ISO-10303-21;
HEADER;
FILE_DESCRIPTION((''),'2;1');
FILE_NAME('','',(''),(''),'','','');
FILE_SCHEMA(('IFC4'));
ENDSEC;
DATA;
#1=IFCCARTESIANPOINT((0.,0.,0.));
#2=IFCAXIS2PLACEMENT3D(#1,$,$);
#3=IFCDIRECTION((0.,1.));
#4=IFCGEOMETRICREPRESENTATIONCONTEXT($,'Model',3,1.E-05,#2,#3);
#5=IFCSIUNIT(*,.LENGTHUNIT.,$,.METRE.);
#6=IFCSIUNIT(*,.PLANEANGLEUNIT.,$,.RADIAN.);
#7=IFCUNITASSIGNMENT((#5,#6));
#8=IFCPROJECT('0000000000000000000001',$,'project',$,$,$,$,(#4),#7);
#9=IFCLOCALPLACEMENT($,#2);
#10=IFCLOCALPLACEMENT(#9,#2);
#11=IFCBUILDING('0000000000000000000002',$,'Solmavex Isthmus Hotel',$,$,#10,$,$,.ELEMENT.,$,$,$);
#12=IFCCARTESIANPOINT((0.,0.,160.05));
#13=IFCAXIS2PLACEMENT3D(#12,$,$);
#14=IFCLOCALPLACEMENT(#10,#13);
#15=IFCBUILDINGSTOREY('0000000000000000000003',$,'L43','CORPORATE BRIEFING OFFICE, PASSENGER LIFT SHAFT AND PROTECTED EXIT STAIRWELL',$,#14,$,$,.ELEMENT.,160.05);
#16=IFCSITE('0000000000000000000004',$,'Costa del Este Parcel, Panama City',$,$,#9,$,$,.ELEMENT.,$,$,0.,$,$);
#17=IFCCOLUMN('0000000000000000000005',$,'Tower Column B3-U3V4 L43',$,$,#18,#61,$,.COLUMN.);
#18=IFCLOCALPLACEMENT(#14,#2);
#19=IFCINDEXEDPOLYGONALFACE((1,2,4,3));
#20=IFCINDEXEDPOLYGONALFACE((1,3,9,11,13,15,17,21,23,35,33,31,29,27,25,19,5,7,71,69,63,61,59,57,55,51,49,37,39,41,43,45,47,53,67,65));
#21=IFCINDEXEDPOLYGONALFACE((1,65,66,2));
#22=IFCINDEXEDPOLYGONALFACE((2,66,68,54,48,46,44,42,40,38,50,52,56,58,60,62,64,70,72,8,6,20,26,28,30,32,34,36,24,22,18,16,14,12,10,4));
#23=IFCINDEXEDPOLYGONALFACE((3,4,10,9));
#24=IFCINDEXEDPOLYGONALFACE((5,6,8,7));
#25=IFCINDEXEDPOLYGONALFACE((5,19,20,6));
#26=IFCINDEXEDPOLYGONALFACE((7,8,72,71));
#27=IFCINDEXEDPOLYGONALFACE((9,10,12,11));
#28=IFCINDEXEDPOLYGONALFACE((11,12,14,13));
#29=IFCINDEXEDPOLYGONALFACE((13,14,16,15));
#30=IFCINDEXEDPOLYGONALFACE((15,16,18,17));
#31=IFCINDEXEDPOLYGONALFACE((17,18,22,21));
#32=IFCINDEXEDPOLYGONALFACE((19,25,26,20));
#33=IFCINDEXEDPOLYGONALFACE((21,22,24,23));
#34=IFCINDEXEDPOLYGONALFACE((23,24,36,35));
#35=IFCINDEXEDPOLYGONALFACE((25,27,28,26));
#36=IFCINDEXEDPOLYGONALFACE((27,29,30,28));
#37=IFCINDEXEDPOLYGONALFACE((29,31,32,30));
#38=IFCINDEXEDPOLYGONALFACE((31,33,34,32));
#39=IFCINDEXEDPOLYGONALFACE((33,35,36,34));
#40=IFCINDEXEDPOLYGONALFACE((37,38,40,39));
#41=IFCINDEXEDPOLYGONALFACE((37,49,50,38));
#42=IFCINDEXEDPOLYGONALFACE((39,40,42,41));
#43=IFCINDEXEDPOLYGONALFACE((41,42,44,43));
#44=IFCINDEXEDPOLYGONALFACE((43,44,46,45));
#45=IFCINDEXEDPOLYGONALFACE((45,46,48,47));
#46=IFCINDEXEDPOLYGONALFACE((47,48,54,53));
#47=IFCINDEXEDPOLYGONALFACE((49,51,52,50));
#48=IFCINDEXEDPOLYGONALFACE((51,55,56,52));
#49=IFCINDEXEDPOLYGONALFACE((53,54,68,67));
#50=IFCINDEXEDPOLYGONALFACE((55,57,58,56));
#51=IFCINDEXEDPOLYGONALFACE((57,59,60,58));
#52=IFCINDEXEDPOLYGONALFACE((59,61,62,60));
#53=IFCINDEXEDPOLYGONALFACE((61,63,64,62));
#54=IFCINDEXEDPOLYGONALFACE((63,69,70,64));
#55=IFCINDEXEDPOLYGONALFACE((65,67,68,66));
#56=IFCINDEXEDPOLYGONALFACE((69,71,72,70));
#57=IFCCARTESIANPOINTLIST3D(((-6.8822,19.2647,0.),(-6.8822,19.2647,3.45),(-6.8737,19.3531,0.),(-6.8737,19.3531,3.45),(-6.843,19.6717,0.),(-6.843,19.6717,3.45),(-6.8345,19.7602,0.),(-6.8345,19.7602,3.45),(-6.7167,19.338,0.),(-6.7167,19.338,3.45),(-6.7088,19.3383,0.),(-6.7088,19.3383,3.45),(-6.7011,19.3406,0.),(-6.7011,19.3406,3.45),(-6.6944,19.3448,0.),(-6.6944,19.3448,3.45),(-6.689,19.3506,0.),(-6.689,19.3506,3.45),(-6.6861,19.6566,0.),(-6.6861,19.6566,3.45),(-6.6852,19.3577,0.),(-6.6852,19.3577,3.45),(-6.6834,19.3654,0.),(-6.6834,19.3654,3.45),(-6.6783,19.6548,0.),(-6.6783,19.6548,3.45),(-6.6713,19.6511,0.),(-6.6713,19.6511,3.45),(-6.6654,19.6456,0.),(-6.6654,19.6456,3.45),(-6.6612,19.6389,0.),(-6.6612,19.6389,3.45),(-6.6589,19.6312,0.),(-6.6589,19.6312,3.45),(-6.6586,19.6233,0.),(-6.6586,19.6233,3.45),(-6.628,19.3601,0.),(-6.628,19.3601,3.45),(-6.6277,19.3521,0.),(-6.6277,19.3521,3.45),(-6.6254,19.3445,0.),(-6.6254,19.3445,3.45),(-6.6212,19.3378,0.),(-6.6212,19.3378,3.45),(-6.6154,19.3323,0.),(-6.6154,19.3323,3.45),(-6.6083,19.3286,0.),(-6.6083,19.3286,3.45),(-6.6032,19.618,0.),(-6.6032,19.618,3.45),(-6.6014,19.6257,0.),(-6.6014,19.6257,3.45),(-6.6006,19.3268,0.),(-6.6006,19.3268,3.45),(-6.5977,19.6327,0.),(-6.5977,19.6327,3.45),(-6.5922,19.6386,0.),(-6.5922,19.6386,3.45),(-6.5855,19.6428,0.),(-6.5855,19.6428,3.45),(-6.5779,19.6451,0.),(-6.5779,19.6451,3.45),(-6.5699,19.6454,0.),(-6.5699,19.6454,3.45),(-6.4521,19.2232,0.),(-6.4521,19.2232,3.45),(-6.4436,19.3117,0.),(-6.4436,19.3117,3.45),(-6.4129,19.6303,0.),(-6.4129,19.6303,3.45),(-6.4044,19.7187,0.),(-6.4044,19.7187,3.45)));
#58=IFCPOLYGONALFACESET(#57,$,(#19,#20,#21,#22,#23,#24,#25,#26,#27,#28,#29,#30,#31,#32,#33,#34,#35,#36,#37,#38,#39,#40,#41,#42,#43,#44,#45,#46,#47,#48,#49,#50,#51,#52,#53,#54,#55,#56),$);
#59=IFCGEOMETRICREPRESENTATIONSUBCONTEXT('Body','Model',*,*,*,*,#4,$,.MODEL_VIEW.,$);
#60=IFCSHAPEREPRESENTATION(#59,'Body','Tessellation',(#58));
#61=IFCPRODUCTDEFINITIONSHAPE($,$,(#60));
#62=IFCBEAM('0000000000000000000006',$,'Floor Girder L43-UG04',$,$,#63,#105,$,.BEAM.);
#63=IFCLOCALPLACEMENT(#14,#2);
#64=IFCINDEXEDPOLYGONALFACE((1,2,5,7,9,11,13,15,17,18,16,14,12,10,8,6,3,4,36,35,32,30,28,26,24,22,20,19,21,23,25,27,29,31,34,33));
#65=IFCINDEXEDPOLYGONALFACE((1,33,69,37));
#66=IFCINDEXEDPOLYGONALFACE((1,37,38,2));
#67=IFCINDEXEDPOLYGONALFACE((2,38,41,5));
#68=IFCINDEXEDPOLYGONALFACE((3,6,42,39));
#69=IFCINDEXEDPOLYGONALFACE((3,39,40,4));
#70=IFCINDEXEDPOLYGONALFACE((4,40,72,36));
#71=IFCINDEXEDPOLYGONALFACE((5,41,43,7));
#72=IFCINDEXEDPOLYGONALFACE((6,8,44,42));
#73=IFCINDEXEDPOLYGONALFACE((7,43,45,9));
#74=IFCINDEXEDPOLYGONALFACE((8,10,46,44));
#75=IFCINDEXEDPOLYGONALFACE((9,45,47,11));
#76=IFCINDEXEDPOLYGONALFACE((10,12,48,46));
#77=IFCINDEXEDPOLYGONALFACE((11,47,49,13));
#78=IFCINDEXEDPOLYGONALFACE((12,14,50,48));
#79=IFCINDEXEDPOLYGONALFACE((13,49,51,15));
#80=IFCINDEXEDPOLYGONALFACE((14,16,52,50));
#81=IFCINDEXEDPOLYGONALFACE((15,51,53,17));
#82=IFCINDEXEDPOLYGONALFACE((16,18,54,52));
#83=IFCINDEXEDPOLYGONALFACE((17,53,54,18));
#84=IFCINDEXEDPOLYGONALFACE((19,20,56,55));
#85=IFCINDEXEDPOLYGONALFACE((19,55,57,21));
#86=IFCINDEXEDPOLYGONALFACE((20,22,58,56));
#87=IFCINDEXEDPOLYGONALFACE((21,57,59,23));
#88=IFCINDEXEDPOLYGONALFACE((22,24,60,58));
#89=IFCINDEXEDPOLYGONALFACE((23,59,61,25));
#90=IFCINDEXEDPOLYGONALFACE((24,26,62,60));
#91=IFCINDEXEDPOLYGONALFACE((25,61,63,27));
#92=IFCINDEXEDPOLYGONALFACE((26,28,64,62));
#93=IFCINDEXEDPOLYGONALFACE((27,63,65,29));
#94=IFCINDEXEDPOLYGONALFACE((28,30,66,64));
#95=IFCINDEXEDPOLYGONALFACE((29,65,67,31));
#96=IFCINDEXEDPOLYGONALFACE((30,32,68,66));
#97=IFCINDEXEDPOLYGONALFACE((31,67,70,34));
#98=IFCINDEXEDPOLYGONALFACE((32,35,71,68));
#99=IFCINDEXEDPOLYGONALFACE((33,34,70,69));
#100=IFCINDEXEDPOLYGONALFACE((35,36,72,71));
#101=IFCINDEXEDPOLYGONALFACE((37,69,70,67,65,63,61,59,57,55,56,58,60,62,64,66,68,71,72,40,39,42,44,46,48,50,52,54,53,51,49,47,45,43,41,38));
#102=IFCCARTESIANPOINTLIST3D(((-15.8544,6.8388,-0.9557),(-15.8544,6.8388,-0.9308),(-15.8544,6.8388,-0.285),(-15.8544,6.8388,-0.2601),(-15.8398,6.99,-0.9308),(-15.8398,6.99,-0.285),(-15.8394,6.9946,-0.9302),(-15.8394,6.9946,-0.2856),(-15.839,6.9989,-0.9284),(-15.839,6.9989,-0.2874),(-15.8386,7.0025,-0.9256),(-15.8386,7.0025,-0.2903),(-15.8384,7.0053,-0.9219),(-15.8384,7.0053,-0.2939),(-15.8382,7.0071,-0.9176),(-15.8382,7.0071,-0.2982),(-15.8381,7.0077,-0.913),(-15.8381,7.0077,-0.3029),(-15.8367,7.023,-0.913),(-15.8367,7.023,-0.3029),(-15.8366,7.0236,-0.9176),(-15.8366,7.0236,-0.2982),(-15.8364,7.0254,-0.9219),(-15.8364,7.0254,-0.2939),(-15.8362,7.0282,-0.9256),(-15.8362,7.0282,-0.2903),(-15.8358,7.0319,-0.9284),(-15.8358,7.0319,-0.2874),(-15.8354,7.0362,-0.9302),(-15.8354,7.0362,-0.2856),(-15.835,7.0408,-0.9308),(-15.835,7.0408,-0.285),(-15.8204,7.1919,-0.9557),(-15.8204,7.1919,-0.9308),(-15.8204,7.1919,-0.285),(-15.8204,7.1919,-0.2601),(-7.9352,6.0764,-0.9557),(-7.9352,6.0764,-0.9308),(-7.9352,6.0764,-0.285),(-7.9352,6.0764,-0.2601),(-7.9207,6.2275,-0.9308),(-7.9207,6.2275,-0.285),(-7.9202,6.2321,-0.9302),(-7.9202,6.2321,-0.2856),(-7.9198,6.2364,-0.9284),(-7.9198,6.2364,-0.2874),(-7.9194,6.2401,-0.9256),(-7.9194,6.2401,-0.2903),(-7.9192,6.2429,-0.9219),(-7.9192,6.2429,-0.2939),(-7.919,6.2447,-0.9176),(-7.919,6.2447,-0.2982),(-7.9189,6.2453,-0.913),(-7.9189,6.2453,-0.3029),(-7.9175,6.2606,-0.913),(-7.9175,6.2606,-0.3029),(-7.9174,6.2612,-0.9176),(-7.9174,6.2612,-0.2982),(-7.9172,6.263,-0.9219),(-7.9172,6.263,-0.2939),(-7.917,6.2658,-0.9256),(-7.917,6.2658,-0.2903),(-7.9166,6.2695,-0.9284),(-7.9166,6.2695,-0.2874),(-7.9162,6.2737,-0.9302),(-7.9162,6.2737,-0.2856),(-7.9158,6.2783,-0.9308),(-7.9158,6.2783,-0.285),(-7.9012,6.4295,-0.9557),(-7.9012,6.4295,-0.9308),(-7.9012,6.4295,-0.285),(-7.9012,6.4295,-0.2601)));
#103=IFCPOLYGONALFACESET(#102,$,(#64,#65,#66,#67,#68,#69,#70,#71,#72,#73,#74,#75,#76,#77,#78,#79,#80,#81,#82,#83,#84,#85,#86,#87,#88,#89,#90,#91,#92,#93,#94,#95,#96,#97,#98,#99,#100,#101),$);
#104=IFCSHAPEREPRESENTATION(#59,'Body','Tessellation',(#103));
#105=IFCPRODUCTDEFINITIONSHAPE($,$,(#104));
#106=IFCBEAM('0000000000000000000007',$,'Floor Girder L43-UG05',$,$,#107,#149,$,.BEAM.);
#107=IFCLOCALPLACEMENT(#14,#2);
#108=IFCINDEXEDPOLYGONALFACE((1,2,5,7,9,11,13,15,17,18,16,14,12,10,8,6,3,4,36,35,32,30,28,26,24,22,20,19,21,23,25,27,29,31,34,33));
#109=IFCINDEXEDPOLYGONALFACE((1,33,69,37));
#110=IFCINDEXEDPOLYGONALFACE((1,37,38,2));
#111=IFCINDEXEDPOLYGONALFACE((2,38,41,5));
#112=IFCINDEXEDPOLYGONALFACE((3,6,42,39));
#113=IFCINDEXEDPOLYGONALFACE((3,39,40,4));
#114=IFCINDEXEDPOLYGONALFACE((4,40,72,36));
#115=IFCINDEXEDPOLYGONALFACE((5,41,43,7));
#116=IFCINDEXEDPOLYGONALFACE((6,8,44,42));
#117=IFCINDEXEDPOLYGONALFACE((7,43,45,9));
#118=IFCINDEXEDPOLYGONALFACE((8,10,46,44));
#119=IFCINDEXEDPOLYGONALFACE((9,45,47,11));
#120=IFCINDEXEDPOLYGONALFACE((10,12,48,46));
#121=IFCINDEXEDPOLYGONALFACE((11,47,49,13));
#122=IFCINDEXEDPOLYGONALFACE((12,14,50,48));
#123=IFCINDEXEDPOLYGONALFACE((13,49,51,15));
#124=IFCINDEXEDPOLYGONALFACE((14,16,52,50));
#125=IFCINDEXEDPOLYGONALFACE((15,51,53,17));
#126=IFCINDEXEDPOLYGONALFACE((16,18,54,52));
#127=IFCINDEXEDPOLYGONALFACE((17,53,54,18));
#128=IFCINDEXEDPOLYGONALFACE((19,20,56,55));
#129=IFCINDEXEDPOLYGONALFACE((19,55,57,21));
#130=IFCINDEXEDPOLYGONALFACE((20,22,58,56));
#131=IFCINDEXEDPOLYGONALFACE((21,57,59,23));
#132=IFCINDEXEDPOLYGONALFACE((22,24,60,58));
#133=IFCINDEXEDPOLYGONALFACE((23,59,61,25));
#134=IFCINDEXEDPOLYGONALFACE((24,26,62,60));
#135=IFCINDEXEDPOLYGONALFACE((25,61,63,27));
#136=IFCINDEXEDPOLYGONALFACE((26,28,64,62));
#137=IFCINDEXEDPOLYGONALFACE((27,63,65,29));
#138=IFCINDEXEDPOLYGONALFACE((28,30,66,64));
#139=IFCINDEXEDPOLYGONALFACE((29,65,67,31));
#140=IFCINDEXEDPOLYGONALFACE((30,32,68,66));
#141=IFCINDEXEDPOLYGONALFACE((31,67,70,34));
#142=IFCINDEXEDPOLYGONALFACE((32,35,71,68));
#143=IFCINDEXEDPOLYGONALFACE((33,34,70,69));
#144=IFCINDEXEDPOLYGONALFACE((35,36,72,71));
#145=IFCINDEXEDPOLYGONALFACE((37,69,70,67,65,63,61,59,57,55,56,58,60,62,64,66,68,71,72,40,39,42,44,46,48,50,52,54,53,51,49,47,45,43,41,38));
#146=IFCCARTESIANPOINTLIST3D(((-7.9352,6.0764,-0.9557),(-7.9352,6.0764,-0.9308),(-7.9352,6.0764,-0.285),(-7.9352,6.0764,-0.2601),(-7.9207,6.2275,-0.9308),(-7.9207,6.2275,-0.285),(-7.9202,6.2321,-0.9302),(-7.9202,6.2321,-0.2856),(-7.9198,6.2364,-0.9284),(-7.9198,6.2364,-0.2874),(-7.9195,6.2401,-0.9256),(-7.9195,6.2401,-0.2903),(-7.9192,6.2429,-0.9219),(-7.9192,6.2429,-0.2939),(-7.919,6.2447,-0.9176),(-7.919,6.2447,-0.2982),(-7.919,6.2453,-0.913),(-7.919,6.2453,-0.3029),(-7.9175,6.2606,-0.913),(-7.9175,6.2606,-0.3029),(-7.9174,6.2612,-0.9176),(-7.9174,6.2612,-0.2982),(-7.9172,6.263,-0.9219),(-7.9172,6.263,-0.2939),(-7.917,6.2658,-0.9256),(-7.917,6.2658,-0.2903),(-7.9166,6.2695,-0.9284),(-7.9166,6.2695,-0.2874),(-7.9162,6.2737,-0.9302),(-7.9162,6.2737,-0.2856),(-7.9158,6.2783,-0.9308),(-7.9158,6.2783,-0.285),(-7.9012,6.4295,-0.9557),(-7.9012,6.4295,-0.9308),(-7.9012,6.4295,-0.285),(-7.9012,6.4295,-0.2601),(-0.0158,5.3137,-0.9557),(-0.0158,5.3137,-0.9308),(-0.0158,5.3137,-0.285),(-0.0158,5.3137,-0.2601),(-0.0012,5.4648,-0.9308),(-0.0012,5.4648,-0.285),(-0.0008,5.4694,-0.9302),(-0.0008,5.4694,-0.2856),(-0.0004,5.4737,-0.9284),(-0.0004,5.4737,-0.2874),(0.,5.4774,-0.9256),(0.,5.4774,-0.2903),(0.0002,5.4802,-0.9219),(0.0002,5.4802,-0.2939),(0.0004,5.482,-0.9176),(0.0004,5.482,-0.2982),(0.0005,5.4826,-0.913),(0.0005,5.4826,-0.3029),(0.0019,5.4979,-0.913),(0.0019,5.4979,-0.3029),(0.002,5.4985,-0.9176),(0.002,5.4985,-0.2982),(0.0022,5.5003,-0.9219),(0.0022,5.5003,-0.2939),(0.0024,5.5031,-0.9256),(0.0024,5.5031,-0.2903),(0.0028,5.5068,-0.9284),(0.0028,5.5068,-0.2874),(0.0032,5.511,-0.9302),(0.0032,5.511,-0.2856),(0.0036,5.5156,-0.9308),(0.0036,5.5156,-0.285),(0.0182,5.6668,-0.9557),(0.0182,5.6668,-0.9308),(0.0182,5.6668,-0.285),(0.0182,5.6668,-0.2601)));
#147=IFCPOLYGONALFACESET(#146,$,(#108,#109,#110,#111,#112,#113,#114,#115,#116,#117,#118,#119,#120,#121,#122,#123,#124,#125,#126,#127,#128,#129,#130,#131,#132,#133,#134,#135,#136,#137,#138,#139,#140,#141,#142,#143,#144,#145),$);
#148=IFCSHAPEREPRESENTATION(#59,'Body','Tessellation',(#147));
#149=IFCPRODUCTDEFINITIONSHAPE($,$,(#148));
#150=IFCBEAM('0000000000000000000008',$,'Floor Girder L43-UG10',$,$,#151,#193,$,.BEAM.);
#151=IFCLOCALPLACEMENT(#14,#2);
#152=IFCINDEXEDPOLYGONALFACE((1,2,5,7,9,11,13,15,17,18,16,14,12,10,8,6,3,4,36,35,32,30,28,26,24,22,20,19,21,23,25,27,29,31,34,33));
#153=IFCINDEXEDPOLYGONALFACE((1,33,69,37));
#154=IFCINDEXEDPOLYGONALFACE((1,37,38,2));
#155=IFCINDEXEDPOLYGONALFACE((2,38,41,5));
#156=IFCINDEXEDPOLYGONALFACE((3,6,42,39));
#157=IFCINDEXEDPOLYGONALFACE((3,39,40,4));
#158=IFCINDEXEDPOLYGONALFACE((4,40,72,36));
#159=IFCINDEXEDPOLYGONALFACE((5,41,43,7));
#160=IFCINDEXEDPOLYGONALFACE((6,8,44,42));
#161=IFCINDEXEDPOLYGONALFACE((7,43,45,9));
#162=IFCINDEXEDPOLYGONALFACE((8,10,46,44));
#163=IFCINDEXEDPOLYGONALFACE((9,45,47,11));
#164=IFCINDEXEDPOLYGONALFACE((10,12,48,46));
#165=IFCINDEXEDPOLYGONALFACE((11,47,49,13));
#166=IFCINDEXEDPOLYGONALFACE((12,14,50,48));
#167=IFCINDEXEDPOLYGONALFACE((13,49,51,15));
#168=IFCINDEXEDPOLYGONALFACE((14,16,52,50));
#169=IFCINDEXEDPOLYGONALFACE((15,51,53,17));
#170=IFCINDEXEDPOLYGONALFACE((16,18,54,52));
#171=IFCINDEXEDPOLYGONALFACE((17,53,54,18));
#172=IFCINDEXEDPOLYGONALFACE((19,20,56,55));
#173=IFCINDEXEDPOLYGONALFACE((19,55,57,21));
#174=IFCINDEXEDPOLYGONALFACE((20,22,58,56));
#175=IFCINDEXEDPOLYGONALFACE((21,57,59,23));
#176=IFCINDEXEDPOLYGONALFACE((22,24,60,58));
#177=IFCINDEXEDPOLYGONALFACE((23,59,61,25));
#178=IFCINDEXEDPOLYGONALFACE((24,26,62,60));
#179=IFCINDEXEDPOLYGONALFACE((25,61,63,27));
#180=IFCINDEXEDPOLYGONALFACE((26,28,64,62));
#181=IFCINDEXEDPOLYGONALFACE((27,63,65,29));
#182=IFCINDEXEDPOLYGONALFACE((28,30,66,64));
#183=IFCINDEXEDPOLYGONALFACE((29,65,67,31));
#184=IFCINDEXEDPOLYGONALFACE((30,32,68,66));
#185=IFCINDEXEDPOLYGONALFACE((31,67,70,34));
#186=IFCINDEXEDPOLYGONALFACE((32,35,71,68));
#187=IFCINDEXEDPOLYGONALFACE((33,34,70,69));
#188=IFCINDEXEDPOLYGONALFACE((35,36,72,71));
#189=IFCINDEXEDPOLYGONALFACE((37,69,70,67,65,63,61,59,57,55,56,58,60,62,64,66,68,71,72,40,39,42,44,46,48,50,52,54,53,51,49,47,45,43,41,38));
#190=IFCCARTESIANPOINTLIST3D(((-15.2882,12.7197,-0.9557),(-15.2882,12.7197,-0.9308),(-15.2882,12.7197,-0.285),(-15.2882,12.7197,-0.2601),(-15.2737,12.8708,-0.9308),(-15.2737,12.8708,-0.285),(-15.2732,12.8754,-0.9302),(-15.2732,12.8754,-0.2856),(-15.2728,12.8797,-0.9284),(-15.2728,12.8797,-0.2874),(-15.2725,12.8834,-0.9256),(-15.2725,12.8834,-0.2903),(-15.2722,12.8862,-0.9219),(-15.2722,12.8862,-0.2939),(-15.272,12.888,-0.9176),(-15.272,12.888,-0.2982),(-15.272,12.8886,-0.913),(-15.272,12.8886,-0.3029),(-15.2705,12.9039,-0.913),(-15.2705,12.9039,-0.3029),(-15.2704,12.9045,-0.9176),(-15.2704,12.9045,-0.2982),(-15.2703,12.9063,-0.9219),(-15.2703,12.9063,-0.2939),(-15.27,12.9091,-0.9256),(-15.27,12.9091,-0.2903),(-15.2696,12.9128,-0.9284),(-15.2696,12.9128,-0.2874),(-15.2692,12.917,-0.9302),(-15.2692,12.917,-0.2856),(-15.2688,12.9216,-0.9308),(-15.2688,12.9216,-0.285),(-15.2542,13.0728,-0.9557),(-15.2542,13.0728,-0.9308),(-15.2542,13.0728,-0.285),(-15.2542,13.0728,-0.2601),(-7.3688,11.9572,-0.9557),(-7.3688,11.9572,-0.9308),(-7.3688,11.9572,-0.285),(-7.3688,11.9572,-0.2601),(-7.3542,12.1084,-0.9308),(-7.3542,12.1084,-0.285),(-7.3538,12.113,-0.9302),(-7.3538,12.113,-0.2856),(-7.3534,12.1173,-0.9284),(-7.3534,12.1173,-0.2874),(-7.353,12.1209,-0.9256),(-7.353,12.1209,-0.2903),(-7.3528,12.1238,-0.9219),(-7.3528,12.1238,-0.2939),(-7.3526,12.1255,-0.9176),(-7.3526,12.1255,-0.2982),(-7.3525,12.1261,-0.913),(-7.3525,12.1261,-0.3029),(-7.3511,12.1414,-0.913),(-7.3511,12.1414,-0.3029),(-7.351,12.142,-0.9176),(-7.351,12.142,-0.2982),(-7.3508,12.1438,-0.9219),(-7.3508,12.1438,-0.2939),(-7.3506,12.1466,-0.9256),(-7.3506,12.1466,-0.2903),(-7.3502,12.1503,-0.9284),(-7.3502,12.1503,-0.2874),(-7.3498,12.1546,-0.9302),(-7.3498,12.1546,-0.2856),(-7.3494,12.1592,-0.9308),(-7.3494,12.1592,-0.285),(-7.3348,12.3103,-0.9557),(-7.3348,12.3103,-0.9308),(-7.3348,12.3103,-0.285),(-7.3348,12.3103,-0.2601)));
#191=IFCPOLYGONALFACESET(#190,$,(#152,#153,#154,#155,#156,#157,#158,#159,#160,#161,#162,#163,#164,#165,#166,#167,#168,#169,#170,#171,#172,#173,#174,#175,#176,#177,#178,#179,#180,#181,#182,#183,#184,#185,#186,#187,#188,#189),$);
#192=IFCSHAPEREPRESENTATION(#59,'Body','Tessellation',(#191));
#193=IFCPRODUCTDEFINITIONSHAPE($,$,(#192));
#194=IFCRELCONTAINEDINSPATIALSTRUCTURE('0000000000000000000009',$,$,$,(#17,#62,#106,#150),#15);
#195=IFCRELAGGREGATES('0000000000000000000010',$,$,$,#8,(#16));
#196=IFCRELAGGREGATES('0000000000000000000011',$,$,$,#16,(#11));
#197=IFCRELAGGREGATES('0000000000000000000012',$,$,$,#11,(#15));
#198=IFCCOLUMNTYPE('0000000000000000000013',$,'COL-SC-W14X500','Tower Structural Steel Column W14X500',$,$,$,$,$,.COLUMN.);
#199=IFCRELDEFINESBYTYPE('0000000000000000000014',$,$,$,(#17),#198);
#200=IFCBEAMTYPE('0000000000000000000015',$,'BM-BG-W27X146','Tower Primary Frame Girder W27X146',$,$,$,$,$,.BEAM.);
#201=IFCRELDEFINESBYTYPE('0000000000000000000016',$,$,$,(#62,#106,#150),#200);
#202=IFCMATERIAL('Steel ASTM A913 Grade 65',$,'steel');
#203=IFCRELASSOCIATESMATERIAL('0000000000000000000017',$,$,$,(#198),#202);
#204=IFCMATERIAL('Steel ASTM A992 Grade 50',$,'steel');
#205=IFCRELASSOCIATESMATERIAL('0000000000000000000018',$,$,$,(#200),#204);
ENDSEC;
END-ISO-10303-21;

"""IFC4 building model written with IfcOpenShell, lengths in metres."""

from ifc_helpers import new_model, si_unit, direction, frame, origin, origin_2d, place, context, subcontext, project, spatial, i_section, extrude, material, material_profile, profile_set, type_object, element, save


model = new_model("IFC4")

# Units and contexts
model_context = context("Model", 3, precision=1e-05, world=origin(), true_north=direction((0.0, 1.0)))
body_context = subcontext(model_context, "Body", "Model", "MODEL_VIEW")
ifc_project = project(units=[si_unit("LENGTHUNIT", "METRE"), si_unit("PLANEANGLEUNIT", "RADIAN")], contexts=[model_context])

# Site, building, storey
site_placement = place(None, origin())
site = spatial("IfcSite", under=ifc_project, at=site_placement, Name="Costa del Este Parcel, Panama City", CompositionType="ELEMENT", RefElevation=0.0)
building_placement = place(site_placement, origin())
building = spatial("IfcBuilding", under=site, at=building_placement, Name="Solmavex Isthmus Hotel", CompositionType="ELEMENT")
storey_placement = place(building_placement, frame((0.0, 0.0, 160.05)))
storey = spatial("IfcBuildingStorey", under=building, at=storey_placement, Name="L43", Description="CORPORATE BRIEFING OFFICE, PASSENGER LIFT SHAFT AND PROTECTED EXIT STAIRWELL", CompositionType="ELEMENT", Elevation=160.05)

# Column
ifc_material_1 = material(Name="Steel ASTM A913 Grade 65", Category="steel")
ifc_material_profile_1 = material_profile(ifc_material_1, i_section(OverallWidth=0.4321, OverallDepth=0.4978, WebThickness=0.0557, FlangeThickness=0.0889, FilletRadius=0.0305, at=origin_2d()), Name="W14X500")
ifc_profile_set_1 = profile_set([ifc_material_profile_1], Name="Steel ASTM A913 Grade 65")
column_type_1 = type_object("IfcColumnType", Name="COL-SC-W14X500", Description="Tower Structural Steel Column W14X500", PredefinedType="COLUMN", material=ifc_profile_set_1)
column_placement = place(storey_placement, frame((-6.6433, 19.4917, 0.0), z_axis=(0.0, 0.0, 1.0), x_axis=(0.995396, -0.095846, 0.0)))
element("IfcColumn", 1, at=column_placement, inside=storey, type_object=column_type_1, Name="Tower Column B3-U3V4 L43", PredefinedType="COLUMN", context=body_context, shape_type="SweptSolid", body=[
    extrude(i_section(OverallWidth=0.4321, OverallDepth=0.4978, WebThickness=0.0557, FlangeThickness=0.0889, FilletRadius=0.0305, at=origin_2d()), origin(), (0.0, 0.0, 1.0), 3.45),
])

# Beams
ifc_material_2 = material(Name="Steel ASTM A992 Grade 50", Category="steel")
ifc_material_profile_2 = material_profile(ifc_material_2, i_section(OverallWidth=0.3547, OverallDepth=0.6956, WebThickness=0.0154, FlangeThickness=0.0249, FilletRadius=0.0178, at=origin_2d()), Name="W27X146")
ifc_profile_set_2 = profile_set([ifc_material_profile_2], Name="Steel ASTM A992 Grade 50")
beam_type_1 = type_object("IfcBeamType", Name="BM-BG-W27X146", Description="Tower Primary Frame Girder W27X146", PredefinedType="BEAM", material=ifc_profile_set_2)
beam_1_placement = place(storey_placement, frame((-15.8374, 7.0154, -0.6079), z_axis=(0.995397, -0.095836, 0.0), x_axis=(0.095836, 0.995397, 0.0)))
element("IfcBeam", 2, at=beam_1_placement, inside=storey, type_object=beam_type_1, Name="Floor Girder L43-UG04", PredefinedType="BEAM", context=body_context, shape_type="SweptSolid", body=[
    extrude(i_section(OverallWidth=0.3547, OverallDepth=0.6956, WebThickness=0.0154, FlangeThickness=0.0249, FilletRadius=0.0178, at=origin_2d()), origin(), (0.0, 0.0, 1.0), 7.9558),
])
for number, where, z_axis, x_axis, name in (
    (3, (-7.9182, 6.2529, -0.6079), (0.995395, -0.095863, 0.0), (0.095863, 0.995395, 0.0), "Floor Girder L43-UG05"),
    (4, (-15.2712, 12.8962, -0.6079), (0.995397, -0.095833, 0.0), (0.095833, 0.995397, 0.0), "Floor Girder L43-UG10"),
):
    element("IfcBeam", number, at=place(storey_placement, frame(where, z_axis=z_axis, x_axis=x_axis)), inside=storey, type_object=beam_type_1, Name=name, PredefinedType="BEAM", context=body_context, shape_type="SweptSolid", body=[
        extrude(i_section(OverallWidth=0.3547, OverallDepth=0.6956, WebThickness=0.0154, FlangeThickness=0.0249, FilletRadius=0.0178, at=origin_2d()), origin(), (0.0, 0.0, 1.0), 7.9561),
    ])

save(model, "model.ifc")
